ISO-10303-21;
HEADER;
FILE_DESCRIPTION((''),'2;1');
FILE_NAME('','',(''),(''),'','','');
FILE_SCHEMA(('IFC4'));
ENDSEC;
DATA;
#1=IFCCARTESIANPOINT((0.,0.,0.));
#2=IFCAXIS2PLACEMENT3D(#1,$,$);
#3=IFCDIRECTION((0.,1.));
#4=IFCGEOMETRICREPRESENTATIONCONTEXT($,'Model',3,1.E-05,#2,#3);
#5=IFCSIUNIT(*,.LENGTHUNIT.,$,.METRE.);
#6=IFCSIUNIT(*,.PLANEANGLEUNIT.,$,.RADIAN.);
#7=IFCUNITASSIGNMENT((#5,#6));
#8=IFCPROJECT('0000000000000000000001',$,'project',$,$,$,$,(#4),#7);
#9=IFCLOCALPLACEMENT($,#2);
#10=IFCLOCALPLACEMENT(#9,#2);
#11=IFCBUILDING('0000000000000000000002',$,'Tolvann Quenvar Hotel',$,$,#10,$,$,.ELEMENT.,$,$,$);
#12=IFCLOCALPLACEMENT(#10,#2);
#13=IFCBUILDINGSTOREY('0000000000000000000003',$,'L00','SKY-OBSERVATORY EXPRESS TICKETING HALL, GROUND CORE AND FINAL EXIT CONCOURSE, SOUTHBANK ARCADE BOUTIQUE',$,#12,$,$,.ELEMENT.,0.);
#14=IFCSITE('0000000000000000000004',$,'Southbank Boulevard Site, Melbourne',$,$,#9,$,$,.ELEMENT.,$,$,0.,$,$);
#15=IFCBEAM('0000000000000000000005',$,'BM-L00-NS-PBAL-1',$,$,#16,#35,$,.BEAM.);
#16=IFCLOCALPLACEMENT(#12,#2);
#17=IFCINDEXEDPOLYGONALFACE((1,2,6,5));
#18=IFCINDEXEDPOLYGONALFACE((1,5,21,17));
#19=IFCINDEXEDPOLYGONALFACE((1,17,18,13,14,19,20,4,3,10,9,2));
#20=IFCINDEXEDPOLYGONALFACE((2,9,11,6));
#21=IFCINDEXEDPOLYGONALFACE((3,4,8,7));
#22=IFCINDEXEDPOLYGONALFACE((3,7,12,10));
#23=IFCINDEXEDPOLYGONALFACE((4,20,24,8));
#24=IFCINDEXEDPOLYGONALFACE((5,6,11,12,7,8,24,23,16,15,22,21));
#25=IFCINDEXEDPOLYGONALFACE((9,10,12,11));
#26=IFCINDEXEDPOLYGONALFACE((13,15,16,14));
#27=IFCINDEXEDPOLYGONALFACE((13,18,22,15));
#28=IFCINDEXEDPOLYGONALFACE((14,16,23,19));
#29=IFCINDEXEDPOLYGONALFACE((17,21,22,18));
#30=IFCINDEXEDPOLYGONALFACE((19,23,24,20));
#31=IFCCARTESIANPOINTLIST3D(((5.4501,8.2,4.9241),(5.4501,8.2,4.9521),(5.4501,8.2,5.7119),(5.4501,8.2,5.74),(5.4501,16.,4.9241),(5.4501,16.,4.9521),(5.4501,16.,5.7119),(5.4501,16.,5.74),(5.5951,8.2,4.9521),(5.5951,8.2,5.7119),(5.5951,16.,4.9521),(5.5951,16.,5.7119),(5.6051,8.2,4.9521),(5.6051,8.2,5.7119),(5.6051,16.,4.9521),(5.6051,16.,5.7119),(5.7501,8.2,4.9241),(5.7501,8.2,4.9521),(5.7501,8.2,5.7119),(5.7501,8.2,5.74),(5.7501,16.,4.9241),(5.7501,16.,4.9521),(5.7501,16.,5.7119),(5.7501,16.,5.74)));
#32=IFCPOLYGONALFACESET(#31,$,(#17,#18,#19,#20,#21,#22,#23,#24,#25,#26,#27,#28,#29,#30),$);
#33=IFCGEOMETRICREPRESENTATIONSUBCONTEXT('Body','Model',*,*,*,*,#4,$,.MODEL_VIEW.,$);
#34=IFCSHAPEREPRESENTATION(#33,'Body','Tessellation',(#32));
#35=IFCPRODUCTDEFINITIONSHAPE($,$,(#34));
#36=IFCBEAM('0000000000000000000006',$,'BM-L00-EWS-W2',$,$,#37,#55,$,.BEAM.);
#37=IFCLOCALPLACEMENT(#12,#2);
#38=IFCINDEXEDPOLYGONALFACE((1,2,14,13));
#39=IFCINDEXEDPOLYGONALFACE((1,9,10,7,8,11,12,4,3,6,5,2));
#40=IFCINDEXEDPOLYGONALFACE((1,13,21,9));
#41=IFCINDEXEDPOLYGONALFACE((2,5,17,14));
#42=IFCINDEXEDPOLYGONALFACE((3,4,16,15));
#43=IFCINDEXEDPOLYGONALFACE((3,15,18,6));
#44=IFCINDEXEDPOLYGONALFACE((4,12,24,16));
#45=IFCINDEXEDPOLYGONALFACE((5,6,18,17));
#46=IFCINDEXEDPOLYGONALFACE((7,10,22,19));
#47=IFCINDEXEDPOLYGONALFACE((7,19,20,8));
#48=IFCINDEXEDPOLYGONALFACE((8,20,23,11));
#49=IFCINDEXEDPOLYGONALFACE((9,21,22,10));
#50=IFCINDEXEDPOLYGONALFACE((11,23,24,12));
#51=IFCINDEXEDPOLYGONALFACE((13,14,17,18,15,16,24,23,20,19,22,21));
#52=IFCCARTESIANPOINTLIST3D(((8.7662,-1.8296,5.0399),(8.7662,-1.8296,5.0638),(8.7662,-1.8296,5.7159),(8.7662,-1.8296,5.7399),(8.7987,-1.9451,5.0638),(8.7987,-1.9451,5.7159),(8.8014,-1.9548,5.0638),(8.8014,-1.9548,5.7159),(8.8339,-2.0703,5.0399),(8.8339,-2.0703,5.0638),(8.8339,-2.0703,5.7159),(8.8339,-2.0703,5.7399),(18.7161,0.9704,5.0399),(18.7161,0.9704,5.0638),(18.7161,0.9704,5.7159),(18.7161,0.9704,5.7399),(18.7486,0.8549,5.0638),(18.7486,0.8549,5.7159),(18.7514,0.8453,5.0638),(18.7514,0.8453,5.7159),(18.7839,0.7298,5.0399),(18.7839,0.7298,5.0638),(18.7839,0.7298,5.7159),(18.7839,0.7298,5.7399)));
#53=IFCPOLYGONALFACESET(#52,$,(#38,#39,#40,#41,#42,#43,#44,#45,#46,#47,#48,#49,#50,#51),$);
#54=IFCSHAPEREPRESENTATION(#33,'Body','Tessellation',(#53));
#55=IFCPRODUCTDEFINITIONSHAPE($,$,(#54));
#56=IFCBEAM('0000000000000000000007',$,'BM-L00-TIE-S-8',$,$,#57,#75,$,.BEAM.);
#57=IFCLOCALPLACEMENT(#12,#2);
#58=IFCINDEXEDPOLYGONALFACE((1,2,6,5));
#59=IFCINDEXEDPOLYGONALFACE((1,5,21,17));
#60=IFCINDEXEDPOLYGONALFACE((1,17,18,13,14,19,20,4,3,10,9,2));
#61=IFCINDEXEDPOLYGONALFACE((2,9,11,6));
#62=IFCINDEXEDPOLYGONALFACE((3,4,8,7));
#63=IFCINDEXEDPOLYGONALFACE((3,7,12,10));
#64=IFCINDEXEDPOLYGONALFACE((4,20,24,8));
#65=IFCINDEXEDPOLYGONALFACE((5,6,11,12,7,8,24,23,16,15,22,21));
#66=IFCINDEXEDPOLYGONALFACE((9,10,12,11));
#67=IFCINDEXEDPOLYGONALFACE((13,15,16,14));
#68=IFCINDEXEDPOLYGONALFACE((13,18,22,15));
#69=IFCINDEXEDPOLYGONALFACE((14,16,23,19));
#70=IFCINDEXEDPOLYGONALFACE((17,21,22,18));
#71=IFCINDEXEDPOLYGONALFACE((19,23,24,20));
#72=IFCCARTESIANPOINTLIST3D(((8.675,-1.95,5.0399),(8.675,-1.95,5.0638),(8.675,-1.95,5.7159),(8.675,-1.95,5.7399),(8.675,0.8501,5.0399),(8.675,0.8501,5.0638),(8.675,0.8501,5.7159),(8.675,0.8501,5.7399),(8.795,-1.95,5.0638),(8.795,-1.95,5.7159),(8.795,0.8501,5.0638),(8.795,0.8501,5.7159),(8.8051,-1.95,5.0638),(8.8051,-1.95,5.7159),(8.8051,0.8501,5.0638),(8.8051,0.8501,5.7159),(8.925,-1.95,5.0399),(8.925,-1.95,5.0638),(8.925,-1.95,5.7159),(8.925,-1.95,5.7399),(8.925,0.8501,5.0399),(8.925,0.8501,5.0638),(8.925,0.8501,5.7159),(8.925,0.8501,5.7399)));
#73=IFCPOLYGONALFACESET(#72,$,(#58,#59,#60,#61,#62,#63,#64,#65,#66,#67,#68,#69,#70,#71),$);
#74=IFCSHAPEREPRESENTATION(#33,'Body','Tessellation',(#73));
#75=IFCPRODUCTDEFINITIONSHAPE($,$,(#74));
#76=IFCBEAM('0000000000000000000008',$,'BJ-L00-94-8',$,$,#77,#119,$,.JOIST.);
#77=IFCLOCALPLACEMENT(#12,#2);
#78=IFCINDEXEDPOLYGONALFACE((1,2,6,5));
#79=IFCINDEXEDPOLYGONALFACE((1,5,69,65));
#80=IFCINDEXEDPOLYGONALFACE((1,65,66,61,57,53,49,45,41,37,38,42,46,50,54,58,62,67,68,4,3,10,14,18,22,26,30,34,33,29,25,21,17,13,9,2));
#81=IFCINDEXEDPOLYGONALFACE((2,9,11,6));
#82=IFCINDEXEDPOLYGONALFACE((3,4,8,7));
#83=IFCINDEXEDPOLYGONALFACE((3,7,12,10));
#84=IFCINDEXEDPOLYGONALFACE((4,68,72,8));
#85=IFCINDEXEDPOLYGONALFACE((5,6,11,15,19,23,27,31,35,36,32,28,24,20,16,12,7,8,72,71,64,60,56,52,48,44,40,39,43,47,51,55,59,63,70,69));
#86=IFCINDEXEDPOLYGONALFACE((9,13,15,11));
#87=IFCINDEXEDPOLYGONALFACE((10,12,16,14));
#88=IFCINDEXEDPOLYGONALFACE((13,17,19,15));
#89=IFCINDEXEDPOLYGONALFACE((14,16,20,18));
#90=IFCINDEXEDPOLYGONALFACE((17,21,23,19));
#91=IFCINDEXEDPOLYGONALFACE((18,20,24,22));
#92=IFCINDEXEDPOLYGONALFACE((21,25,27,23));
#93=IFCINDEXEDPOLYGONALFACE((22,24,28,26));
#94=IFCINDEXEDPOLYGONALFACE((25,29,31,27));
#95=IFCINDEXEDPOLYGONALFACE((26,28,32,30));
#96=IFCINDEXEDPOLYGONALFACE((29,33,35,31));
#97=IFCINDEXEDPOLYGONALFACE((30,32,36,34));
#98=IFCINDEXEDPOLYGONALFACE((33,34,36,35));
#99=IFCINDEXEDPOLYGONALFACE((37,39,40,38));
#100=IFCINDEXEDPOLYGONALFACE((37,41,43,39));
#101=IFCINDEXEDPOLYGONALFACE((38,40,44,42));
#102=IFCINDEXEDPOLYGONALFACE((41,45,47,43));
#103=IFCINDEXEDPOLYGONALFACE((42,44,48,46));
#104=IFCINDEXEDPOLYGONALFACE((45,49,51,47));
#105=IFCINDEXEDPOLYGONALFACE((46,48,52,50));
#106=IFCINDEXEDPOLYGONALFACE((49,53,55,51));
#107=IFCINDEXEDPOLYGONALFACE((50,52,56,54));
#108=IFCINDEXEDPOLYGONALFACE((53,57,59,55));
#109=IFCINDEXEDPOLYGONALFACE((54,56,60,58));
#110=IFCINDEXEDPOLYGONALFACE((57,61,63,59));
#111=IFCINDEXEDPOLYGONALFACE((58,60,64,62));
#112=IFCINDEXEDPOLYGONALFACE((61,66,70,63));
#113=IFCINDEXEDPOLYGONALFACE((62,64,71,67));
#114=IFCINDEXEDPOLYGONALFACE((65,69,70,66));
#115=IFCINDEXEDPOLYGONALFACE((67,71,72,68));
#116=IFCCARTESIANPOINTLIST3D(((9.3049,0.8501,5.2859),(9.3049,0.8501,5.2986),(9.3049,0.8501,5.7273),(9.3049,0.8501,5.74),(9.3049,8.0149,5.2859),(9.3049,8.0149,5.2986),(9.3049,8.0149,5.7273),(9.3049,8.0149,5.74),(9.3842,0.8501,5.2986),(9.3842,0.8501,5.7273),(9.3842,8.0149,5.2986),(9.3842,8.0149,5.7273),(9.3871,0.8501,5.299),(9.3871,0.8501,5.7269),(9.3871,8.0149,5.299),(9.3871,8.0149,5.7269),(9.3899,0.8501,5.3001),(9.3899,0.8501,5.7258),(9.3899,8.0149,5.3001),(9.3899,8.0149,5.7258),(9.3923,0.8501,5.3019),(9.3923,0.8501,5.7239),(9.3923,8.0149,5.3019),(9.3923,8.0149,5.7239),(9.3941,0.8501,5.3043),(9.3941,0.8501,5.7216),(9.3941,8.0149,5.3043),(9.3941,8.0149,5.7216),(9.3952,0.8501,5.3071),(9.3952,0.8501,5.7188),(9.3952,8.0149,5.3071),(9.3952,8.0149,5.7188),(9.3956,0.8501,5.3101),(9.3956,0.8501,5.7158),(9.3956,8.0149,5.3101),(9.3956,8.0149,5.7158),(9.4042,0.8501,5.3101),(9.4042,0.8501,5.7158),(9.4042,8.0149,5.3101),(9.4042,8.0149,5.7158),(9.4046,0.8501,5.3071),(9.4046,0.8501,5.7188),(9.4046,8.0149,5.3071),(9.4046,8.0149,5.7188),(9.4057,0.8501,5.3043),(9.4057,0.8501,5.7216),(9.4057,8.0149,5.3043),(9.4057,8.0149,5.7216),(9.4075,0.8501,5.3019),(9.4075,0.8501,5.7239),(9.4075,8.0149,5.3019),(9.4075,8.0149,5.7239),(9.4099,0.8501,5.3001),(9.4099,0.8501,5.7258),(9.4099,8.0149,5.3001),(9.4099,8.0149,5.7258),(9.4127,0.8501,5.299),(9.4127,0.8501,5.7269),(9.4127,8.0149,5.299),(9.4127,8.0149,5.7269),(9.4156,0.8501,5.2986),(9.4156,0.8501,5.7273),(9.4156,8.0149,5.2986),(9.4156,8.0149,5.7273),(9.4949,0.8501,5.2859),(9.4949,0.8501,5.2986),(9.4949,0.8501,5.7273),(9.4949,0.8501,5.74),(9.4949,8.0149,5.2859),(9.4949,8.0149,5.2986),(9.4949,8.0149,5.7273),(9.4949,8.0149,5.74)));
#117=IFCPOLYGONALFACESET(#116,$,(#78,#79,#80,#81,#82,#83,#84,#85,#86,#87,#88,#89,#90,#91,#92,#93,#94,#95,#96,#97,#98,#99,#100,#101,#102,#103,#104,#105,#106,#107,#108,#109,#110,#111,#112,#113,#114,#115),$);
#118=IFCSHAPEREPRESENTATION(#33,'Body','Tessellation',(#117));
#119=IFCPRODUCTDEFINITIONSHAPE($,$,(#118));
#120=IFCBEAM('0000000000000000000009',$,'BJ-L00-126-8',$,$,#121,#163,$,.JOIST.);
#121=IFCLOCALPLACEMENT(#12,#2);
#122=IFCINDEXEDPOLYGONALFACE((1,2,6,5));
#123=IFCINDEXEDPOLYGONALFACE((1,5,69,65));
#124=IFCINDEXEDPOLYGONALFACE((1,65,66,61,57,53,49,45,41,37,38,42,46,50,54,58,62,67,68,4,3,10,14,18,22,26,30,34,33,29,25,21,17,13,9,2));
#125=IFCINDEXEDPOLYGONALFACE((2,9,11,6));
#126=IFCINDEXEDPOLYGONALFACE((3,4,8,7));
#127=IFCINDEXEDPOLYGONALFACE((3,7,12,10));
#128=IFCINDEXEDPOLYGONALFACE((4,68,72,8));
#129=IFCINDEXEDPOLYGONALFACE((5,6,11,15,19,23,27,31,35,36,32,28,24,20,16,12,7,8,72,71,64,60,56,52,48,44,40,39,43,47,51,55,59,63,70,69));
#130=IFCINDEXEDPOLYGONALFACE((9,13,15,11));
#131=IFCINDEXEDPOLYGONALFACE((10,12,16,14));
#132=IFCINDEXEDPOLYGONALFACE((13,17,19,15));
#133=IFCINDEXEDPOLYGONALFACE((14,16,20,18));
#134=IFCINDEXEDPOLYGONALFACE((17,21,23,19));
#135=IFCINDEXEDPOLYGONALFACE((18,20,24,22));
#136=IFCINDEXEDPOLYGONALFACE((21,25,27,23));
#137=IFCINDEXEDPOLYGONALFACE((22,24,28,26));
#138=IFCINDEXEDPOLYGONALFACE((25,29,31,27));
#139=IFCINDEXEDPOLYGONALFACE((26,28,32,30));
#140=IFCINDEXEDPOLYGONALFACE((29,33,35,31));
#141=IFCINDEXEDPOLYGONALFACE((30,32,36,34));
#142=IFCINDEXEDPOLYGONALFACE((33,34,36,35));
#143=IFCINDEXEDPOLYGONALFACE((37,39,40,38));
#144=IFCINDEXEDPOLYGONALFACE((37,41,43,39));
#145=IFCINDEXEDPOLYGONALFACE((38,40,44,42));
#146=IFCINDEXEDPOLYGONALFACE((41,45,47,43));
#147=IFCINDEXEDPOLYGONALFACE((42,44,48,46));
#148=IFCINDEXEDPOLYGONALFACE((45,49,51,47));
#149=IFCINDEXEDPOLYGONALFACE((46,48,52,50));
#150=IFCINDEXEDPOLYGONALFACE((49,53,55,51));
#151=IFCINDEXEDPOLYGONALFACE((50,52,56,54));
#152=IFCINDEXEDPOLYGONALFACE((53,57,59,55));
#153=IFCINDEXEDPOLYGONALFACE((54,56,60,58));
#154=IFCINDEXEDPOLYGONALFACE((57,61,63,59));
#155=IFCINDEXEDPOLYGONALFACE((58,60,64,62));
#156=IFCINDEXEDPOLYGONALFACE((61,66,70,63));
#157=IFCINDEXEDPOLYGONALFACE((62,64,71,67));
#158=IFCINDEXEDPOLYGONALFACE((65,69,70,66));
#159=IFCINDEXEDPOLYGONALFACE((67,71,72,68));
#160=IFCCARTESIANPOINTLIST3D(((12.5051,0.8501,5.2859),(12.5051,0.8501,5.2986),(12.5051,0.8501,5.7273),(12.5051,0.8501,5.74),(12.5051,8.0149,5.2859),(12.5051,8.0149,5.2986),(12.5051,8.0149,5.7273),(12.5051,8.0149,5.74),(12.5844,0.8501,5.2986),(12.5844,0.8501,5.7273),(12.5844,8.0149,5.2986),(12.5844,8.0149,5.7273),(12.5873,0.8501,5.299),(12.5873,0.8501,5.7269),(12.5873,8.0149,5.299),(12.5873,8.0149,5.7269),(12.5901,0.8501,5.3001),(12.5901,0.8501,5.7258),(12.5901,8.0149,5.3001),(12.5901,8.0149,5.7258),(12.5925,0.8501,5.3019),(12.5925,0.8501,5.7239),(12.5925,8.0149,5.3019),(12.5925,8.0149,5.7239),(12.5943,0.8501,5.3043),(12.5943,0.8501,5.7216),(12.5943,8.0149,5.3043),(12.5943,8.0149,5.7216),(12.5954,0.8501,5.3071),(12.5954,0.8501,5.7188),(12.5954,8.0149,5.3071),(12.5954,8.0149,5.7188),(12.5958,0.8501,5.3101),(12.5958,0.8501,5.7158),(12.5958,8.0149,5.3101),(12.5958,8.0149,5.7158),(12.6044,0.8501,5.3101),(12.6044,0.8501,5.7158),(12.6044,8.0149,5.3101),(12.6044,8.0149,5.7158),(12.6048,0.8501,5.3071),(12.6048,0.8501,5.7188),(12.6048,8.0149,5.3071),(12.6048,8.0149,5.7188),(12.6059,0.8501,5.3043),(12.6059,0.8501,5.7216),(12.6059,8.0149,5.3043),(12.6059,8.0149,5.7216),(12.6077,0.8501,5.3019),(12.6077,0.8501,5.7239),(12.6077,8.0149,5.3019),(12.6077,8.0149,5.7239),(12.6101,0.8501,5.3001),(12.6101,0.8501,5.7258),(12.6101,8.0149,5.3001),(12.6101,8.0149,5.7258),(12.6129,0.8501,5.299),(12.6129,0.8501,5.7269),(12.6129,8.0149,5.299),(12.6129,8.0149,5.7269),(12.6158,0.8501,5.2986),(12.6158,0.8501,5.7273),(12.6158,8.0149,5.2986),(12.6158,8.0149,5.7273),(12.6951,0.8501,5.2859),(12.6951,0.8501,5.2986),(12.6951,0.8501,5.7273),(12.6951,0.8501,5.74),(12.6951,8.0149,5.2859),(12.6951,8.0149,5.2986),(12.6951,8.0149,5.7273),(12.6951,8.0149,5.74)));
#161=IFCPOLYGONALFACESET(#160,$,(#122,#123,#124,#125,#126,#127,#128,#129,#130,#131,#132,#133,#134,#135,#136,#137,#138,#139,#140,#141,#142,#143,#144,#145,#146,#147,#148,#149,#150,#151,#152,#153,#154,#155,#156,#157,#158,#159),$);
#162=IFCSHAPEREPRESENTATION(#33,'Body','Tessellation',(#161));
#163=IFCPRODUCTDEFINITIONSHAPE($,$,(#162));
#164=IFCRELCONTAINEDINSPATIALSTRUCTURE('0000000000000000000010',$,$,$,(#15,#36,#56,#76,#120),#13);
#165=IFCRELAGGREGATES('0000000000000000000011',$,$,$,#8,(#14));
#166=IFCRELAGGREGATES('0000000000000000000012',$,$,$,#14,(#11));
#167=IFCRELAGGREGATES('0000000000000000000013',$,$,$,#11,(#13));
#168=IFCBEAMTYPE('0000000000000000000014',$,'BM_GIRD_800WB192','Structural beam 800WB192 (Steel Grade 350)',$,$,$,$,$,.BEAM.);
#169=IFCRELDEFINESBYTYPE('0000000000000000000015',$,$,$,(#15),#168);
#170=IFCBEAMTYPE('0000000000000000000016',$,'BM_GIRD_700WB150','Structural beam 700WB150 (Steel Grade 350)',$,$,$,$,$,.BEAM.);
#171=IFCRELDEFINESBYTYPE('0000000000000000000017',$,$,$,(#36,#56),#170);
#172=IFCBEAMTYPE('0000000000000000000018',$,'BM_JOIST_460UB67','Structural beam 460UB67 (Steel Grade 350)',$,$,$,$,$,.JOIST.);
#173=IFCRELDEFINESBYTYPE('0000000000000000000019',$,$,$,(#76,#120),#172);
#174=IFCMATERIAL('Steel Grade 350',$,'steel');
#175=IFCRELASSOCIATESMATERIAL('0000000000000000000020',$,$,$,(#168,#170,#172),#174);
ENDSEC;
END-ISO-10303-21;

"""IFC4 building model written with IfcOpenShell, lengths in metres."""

from ifc_helpers import new_model, si_unit, direction, frame, origin, origin_2d, place, context, subcontext, project, spatial, i_section, extrude, source, transform, mapped, material, material_profile, profile_set, type_object, type_shapes, element, save


model = new_model("IFC4")

# Units and contexts
model_context = context("Model", 3, precision=1e-05, world=origin(), true_north=direction((0.0, 1.0)))
body_context = subcontext(model_context, "Body", "Model", "MODEL_VIEW")
ifc_project = project(units=[si_unit("LENGTHUNIT", "METRE"), si_unit("PLANEANGLEUNIT", "RADIAN")], contexts=[model_context])

# Site, building, storey
site_placement = place(None, origin())
site = spatial("IfcSite", under=ifc_project, at=site_placement, Name="Southbank Boulevard Site, Melbourne", CompositionType="ELEMENT", RefElevation=0.0)
building_placement = place(site_placement, origin())
building = spatial("IfcBuilding", under=site, at=building_placement, Name="Tolvann Quenvar Hotel", CompositionType="ELEMENT")
storey_placement = place(building_placement, origin())
storey = spatial("IfcBuildingStorey", under=building, at=storey_placement, Name="L00", Description="SKY-OBSERVATORY EXPRESS TICKETING HALL, GROUND CORE AND FINAL EXIT CONCOURSE, SOUTHBANK ARCADE BOUTIQUE", CompositionType="ELEMENT", Elevation=0.0)

# Beams
ifc_material_1 = material(Name="Steel Grade 350", Category="steel")
ifc_material_profile_1 = material_profile(ifc_material_1, i_section(OverallWidth=0.3, OverallDepth=0.8159, WebThickness=0.01, FlangeThickness=0.0281, at=origin_2d()), Name="800WB192")
ifc_profile_set_1 = profile_set([ifc_material_profile_1], Name="Steel Grade 350")
beam_type_1 = type_object("IfcBeamType", Name="BM_GIRD_800WB192", Description="Structural beam 800WB192 (Steel Grade 350)", PredefinedType="BEAM", material=ifc_profile_set_1)
shared_shape_1 = source(origin(), body_context, "Body", "SweptSolid", [
    extrude(i_section(OverallWidth=0.3, OverallDepth=0.8159, WebThickness=0.01, FlangeThickness=0.0281, at=origin_2d()), origin(), (0.0, 0.0, 1.0), 7.8),
])
beam_1_placement = place(storey_placement, frame((5.6001, 8.2, 5.332), z_axis=(0.0, 1.0, 0.0), x_axis=(-1.0, 0.0, 0.0)))
element("IfcBeam", 1, at=beam_1_placement, inside=storey, type_object=beam_type_1, Name="BM-L00-NS-PBAL-1", PredefinedType="BEAM", context=body_context, shape_type="MappedRepresentation", body=[
    mapped(shared_shape_1, transform((0.0, 0.0, 0.0), x_axis=(1.0, 0.0, 0.0), y_axis=(0.0, 1.0, 0.0), z_axis=(0.0, 0.0, 1.0), scale=1.0)),
])
ifc_material_profile_2 = material_profile(ifc_material_1, i_section(OverallWidth=0.25, OverallDepth=0.7, WebThickness=0.01, FlangeThickness=0.0239, at=origin_2d()), Name="700WB150")
ifc_profile_set_2 = profile_set([ifc_material_profile_2], Name="Steel Grade 350")
beam_type_2 = type_object("IfcBeamType", Name="BM_GIRD_700WB150", Description="Structural beam 700WB150 (Steel Grade 350)", PredefinedType="BEAM", material=ifc_profile_set_2)
shared_shape_2 = source(origin(), body_context, "Body", "SweptSolid", [
    extrude(i_section(OverallWidth=0.25, OverallDepth=0.7, WebThickness=0.01, FlangeThickness=0.0239, at=origin_2d()), origin(), (0.0, 0.0, 1.0), 10.3364),
])
beam_2_placement = place(storey_placement, frame((8.8, -1.95, 5.3899), z_axis=(0.96261, 0.270891, 0.0), x_axis=(-0.270891, 0.96261, 0.0)))
element("IfcBeam", 2, at=beam_2_placement, inside=storey, type_object=beam_type_2, Name="BM-L00-EWS-W2", PredefinedType="BEAM", context=body_context, shape_type="MappedRepresentation", body=[
    mapped(shared_shape_2, transform((0.0, 0.0, 0.0), x_axis=(1.0, 0.0, 0.0), y_axis=(0.0, 1.0, 0.0), z_axis=(0.0, 0.0, 1.0), scale=1.0)),
])
shared_shape_3 = source(origin(), body_context, "Body", "SweptSolid", [
    extrude(i_section(OverallWidth=0.25, OverallDepth=0.7, WebThickness=0.01, FlangeThickness=0.0239, at=origin_2d()), origin(), (0.0, 0.0, 1.0), 2.8),
])
type_shapes(beam_type_2, [shared_shape_2, shared_shape_3])
beam_3_placement = place(storey_placement, frame((8.8, -1.95, 5.3899), z_axis=(0.0, 1.0, 0.0), x_axis=(-1.0, 0.0, 0.0)))
element("IfcBeam", 3, at=beam_3_placement, inside=storey, type_object=beam_type_2, Name="BM-L00-TIE-S-8", PredefinedType="BEAM", context=body_context, shape_type="MappedRepresentation", body=[
    mapped(shared_shape_3, transform((0.0, 0.0, 0.0), x_axis=(1.0, 0.0, 0.0), y_axis=(0.0, 1.0, 0.0), z_axis=(0.0, 0.0, 1.0), scale=1.0)),
])
ifc_material_profile_3 = material_profile(ifc_material_1, i_section(OverallWidth=0.1899, OverallDepth=0.4541, WebThickness=0.0085, FlangeThickness=0.0127, FilletRadius=0.0115, at=origin_2d()), Name="460UB67")
ifc_profile_set_3 = profile_set([ifc_material_profile_3], Name="Steel Grade 350")
beam_type_3 = type_object("IfcBeamType", Name="BM_JOIST_460UB67", Description="Structural beam 460UB67 (Steel Grade 350)", PredefinedType="JOIST", material=ifc_profile_set_3)
shared_shape_4 = source(origin(), body_context, "Body", "SweptSolid", [
    extrude(i_section(OverallWidth=0.1899, OverallDepth=0.4541, WebThickness=0.0085, FlangeThickness=0.0127, FilletRadius=0.0115, at=origin_2d()), origin(), (0.0, 0.0, 1.0), 7.1648),
])
type_shapes(beam_type_3, [shared_shape_4])
for number, where, z_axis, x_axis, name in (
    (4, (9.3999, 0.8501, 5.5129), (0.0, 1.0, 0.0), (-1.0, 0.0, 0.0), "BJ-L00-94-8"),
    (5, (12.6001, 0.8501, 5.5129), (0.0, 1.0, 0.0), (-1.0, 0.0, 0.0), "BJ-L00-126-8"),
):
    element("IfcBeam", number, at=place(storey_placement, frame(where, z_axis=z_axis, x_axis=x_axis)), inside=storey, type_object=beam_type_3, Name=name, PredefinedType="JOIST", context=body_context, shape_type="MappedRepresentation", body=[
        mapped(shared_shape_4, transform((0.0, 0.0, 0.0), x_axis=(1.0, 0.0, 0.0), y_axis=(0.0, 1.0, 0.0), z_axis=(0.0, 0.0, 1.0), scale=1.0)),
    ])

save(model, "model.ifc")
